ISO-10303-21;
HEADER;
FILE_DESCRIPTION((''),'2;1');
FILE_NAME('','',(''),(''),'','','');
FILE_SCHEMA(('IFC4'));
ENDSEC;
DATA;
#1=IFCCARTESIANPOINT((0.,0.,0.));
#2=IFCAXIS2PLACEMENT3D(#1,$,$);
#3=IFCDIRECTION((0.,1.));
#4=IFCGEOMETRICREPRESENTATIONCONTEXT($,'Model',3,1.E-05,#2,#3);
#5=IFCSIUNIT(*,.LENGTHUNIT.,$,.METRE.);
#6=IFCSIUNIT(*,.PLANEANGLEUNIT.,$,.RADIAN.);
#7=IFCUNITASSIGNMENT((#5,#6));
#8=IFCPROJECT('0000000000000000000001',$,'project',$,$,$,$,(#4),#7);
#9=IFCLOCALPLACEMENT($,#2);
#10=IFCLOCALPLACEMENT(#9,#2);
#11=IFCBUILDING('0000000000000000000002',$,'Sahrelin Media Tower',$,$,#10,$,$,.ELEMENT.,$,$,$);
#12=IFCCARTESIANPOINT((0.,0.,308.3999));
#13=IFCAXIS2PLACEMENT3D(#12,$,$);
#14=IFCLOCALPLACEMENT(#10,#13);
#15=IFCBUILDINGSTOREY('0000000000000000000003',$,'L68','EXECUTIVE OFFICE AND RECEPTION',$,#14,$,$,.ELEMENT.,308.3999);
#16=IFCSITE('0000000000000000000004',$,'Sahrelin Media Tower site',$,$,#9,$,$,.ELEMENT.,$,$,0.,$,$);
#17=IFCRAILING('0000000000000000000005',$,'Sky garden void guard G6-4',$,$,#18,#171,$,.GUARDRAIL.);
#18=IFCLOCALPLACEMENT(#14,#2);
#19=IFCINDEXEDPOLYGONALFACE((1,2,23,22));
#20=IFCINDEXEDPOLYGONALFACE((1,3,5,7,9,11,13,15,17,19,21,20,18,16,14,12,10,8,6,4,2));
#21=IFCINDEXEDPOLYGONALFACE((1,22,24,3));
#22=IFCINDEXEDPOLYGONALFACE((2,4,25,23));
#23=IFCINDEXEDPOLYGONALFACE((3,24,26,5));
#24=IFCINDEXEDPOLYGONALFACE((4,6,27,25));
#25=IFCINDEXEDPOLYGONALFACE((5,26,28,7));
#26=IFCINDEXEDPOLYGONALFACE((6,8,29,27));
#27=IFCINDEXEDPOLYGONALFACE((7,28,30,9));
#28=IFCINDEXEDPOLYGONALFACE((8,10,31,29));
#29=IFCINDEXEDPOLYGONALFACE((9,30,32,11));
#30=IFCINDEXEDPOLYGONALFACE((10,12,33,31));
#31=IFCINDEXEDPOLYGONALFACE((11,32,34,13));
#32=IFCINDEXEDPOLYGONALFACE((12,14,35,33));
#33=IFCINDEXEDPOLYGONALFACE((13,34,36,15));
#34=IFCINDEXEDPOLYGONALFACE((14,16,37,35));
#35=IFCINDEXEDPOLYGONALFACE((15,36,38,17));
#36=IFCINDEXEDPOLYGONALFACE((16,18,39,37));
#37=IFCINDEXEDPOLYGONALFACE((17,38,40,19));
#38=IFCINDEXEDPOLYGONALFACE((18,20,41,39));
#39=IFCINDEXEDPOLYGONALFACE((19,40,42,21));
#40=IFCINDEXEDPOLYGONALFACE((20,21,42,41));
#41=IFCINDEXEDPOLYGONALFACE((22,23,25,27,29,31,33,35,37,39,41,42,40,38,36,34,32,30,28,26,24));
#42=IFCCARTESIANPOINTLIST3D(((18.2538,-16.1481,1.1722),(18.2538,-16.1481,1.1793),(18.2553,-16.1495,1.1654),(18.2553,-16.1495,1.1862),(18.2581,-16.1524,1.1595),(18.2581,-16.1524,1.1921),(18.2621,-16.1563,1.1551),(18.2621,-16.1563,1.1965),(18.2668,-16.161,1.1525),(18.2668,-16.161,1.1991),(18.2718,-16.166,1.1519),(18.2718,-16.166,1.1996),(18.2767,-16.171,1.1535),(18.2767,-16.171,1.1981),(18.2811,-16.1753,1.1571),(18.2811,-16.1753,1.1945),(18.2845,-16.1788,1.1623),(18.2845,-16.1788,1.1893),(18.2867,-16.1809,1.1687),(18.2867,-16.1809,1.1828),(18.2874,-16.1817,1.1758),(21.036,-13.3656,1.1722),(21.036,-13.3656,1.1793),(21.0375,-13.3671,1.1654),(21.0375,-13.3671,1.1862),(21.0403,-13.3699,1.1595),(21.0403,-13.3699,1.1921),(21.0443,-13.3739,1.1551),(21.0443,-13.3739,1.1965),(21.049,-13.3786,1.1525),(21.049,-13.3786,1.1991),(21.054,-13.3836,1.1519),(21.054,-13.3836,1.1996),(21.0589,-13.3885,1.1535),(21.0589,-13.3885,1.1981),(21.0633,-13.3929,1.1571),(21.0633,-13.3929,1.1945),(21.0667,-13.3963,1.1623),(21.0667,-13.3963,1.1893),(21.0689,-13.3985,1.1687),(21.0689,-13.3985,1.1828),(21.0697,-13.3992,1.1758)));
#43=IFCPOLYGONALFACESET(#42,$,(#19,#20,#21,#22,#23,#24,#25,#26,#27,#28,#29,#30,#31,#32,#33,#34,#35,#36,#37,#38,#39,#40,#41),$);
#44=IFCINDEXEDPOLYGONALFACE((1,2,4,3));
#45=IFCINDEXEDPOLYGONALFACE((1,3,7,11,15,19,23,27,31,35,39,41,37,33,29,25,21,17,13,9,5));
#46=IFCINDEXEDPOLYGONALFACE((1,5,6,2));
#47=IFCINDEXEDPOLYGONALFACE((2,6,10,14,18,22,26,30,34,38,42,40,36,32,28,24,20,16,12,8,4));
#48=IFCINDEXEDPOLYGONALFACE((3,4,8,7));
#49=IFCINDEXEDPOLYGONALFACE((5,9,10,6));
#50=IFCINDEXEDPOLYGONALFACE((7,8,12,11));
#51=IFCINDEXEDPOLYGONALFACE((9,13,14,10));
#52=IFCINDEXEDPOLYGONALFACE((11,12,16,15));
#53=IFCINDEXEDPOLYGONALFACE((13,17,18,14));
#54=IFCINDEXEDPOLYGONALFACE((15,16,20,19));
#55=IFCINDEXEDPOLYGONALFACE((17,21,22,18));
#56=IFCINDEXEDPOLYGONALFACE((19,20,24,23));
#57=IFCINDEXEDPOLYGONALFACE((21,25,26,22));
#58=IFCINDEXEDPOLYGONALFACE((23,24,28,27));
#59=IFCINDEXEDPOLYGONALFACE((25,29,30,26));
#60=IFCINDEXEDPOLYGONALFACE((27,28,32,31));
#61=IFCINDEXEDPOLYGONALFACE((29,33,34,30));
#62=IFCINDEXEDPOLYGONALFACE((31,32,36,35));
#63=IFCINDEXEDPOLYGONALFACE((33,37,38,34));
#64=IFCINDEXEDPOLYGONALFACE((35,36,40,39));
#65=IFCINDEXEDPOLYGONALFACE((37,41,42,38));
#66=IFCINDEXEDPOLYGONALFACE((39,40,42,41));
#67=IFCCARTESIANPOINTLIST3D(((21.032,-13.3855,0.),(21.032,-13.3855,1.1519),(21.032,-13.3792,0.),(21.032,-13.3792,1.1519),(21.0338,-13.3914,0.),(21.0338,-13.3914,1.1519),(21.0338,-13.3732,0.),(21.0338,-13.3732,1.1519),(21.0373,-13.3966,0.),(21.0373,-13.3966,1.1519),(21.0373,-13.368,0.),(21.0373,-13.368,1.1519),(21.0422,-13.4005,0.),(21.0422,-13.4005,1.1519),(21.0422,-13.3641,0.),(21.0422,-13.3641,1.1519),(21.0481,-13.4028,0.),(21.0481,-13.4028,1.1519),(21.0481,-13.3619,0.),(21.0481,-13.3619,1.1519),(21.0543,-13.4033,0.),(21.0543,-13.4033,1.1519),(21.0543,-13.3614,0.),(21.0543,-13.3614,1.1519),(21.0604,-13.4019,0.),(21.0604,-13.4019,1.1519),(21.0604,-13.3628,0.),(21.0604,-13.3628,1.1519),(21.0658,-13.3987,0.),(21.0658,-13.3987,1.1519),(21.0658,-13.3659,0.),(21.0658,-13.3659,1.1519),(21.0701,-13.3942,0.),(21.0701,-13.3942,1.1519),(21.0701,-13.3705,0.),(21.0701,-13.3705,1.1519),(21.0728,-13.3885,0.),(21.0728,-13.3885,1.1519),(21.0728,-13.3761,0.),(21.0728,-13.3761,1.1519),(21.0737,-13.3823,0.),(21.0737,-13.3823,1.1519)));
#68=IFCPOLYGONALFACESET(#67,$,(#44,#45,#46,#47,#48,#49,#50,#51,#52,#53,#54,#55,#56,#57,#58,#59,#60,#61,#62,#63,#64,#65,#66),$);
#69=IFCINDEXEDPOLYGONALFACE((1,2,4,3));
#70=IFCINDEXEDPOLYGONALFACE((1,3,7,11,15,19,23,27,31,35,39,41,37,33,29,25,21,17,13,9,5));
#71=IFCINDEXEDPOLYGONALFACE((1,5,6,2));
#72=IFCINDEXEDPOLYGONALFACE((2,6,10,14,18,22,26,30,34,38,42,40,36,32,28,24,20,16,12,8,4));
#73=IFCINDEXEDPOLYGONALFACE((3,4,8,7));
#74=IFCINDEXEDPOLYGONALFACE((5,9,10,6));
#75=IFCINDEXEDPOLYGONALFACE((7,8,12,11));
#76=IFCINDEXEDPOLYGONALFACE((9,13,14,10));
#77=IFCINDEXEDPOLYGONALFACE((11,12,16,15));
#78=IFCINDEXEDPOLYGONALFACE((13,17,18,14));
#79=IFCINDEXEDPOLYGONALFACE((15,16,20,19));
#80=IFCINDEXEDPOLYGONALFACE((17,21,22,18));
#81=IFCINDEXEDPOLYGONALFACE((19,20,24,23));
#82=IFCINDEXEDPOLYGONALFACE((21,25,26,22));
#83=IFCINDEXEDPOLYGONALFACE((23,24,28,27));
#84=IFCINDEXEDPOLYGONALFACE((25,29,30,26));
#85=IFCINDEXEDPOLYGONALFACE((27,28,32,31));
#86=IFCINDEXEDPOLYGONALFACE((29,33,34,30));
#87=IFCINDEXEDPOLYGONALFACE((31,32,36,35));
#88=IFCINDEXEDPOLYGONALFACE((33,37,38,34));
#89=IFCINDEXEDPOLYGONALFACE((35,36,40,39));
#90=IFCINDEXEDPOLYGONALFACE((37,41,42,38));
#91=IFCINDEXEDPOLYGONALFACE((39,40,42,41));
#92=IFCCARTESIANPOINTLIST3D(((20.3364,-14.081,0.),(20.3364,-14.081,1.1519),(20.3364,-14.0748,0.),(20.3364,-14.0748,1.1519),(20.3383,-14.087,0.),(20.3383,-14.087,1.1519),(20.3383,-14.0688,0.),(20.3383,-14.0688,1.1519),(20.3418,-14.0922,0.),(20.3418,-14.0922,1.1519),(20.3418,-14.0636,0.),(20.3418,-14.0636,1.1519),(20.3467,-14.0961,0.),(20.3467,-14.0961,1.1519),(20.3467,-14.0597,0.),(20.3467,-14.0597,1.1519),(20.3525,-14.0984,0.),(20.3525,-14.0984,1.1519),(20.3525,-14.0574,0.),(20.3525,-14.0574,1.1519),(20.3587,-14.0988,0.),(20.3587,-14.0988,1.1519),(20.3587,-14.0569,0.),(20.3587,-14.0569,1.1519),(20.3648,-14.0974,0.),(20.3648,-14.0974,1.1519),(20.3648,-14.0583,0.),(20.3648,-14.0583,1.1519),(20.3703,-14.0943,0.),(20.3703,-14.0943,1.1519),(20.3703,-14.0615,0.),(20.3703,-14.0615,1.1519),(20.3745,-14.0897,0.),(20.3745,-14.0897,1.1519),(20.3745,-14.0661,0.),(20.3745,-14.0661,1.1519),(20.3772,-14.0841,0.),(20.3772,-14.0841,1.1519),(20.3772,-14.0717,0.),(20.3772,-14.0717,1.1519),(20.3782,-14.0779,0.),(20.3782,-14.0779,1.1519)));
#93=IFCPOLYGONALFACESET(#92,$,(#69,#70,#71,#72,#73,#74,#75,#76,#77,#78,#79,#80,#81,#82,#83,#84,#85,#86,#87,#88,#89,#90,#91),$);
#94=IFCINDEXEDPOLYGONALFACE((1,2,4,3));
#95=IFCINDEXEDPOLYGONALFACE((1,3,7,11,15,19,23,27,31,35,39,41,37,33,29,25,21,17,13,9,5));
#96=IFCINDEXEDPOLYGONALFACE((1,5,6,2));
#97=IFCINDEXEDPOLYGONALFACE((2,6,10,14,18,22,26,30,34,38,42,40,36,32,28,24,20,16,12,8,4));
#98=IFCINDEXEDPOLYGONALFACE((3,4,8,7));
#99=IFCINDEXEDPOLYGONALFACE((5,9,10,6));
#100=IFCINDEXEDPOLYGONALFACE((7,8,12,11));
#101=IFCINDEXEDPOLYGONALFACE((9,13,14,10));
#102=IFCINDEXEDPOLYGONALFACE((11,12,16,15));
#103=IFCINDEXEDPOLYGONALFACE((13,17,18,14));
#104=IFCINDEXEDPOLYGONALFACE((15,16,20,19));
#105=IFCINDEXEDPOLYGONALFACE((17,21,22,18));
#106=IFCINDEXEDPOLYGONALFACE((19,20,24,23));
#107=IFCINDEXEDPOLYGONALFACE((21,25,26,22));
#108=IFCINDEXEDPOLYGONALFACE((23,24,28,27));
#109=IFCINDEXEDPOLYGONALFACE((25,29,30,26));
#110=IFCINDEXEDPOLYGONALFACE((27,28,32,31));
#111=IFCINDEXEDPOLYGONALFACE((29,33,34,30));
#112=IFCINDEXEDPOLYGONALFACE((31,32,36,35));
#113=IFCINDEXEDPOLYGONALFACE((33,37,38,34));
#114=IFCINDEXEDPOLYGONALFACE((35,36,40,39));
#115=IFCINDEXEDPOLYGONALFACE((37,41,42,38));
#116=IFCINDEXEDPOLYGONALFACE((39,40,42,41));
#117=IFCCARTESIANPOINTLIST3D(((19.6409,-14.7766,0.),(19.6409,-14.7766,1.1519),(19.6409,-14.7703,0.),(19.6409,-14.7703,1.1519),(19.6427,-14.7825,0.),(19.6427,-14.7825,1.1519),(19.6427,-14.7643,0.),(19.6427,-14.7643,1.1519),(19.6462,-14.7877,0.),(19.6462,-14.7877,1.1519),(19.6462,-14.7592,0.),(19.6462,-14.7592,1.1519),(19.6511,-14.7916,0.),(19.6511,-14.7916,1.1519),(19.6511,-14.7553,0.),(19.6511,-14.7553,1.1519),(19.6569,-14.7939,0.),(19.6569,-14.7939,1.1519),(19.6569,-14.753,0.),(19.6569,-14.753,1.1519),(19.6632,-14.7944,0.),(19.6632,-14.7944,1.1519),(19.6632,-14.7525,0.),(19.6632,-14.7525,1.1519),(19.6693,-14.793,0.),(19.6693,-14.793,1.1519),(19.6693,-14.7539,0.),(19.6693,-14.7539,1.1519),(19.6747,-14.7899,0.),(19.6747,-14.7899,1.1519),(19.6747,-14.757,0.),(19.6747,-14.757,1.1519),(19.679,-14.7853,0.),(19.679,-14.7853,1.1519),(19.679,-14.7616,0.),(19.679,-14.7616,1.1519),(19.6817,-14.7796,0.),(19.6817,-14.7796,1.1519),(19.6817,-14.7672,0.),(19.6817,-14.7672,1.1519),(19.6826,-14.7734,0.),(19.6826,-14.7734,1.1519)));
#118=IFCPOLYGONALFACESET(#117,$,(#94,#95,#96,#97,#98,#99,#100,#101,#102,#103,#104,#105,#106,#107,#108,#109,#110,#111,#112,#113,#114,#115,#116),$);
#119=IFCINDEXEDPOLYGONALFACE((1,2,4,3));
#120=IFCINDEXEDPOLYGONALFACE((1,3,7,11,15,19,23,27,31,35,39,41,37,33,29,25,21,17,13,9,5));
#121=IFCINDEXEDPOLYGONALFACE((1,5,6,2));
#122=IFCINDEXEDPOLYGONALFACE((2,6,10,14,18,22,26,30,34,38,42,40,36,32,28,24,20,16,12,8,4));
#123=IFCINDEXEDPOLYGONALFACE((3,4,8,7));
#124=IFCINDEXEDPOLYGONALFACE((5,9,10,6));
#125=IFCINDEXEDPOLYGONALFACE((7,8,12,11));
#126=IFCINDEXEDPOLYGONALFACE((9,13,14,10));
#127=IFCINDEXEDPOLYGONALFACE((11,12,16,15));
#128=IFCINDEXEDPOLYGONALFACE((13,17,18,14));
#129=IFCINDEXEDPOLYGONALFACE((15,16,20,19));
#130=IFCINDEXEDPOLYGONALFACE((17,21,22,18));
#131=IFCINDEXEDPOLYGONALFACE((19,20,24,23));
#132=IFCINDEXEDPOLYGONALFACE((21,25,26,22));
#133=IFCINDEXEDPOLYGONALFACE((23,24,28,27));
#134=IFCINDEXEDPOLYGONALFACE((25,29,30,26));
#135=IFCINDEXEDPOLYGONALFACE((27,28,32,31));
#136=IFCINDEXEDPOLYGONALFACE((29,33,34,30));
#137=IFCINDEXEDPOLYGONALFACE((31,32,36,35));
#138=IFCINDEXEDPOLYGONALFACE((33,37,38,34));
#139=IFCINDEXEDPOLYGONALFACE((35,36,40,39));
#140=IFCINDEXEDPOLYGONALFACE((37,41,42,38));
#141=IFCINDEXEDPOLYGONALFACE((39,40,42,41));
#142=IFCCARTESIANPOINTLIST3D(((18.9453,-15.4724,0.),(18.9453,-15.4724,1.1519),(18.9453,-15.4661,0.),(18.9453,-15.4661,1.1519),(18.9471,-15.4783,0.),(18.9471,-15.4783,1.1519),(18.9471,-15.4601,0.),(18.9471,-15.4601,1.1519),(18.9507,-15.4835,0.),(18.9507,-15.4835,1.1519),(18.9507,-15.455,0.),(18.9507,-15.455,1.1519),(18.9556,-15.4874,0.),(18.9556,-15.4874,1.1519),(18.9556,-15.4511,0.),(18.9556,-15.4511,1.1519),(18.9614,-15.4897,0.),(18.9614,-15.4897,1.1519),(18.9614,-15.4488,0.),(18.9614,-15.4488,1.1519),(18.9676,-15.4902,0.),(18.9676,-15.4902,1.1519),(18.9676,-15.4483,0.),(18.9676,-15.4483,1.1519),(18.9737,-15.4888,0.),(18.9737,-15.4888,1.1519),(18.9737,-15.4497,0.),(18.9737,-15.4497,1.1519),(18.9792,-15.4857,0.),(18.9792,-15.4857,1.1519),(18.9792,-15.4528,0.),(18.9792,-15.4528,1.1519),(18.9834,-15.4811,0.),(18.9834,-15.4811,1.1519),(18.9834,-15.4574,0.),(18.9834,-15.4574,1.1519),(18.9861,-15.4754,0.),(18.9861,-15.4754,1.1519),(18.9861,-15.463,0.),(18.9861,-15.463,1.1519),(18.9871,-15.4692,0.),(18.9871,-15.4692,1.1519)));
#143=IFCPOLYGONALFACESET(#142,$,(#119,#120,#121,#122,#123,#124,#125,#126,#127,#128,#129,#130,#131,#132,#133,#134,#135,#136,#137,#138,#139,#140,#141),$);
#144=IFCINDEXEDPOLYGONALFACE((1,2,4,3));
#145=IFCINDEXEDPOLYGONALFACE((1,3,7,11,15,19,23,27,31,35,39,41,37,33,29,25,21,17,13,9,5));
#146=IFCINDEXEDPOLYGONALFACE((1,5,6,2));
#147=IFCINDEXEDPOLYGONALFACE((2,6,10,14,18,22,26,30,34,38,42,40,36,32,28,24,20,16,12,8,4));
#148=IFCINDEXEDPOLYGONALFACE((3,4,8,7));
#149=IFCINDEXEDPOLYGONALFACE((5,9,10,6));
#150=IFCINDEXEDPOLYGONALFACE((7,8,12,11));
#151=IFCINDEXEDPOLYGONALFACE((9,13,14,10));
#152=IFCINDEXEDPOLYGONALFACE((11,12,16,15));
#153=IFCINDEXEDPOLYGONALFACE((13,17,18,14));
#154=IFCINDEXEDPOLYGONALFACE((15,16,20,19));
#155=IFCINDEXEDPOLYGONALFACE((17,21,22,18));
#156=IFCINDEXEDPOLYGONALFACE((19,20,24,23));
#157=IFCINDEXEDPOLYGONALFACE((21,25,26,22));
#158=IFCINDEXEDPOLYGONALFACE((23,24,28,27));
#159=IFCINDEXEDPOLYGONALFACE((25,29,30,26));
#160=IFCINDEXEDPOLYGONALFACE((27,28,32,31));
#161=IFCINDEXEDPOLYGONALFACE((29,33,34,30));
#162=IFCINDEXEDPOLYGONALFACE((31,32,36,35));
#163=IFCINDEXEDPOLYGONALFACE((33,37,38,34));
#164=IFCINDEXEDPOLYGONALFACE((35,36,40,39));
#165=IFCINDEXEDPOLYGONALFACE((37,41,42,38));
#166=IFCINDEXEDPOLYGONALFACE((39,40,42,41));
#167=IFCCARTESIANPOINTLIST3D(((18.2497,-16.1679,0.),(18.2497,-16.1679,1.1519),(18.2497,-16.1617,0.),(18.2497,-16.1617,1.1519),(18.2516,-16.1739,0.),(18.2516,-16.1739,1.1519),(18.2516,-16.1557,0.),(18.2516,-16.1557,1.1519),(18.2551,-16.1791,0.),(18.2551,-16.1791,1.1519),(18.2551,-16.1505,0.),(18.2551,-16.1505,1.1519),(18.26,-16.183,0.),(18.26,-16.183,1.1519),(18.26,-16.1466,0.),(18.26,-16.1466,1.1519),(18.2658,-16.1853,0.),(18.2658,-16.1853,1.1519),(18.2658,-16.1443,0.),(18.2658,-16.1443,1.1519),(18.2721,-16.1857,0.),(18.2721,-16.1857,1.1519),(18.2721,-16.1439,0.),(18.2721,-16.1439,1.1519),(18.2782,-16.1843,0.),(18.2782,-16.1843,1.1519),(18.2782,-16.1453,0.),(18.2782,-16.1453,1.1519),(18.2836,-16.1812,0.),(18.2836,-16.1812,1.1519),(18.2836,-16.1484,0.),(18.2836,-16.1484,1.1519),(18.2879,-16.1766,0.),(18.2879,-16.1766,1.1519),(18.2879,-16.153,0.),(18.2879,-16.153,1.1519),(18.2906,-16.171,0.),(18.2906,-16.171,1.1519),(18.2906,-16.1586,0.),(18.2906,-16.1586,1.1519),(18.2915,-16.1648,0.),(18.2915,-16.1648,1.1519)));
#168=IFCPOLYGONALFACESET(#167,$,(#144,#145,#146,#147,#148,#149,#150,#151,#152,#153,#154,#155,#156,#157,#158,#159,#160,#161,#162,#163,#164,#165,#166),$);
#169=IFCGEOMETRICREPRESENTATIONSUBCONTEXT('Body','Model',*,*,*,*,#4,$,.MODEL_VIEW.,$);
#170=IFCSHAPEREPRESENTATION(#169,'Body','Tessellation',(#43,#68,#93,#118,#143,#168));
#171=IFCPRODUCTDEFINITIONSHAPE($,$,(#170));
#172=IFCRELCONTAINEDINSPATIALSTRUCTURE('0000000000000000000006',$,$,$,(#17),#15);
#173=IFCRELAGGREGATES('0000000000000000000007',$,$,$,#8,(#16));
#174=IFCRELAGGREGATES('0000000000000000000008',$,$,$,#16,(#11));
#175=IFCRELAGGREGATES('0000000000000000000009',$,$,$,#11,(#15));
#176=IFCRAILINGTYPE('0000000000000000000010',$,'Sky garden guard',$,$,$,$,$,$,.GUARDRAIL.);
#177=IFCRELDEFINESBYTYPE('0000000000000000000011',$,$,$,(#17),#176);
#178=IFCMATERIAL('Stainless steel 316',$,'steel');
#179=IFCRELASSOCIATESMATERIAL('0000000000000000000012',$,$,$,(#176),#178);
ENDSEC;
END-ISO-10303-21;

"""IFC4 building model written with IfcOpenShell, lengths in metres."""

from ifc_helpers import new_model, si_unit, direction, frame, origin, origin_2d, place, context, subcontext, project, spatial, circle, extrude, material, type_object, element, save


model = new_model("IFC4")

# Units and contexts
model_context = context("Model", 3, precision=1e-05, world=origin(), true_north=direction((0.0, 1.0)))
body_context = subcontext(model_context, "Body", "Model", "MODEL_VIEW")
ifc_project = project(units=[si_unit("LENGTHUNIT", "METRE"), si_unit("PLANEANGLEUNIT", "RADIAN")], contexts=[model_context])

# Site, building, storey
site_placement = place(None, origin())
site = spatial("IfcSite", under=ifc_project, at=site_placement, Name="Sahrelin Media Tower site", CompositionType="ELEMENT", RefElevation=0.0)
building_placement = place(site_placement, origin())
building = spatial("IfcBuilding", under=site, at=building_placement, Name="Sahrelin Media Tower", CompositionType="ELEMENT")
storey_placement = place(building_placement, frame((0.0, 0.0, 308.3999)))
storey = spatial("IfcBuildingStorey", under=building, at=storey_placement, Name="L68", Description="EXECUTIVE OFFICE AND RECEPTION", CompositionType="ELEMENT", Elevation=308.3999)

# Railing
ifc_material_1 = material(Name="Stainless steel 316", Category="steel")
railing_type = type_object("IfcRailingType", Name="Sky garden guard", PredefinedType="GUARDRAIL", material=ifc_material_1)
railing_1_placement = place(storey_placement, frame((21.0527, -13.3823, 0.0)))
element("IfcRailing", 1, at=railing_1_placement, inside=storey, type_object=railing_type, Name="Sky garden void guard G6-4", PredefinedType="GUARDRAIL", context=body_context, shape_type="SweptSolid", body=[
    extrude(circle(Radius=0.0239, at=origin_2d()), frame((0.0, 0.0, 1.1758), z_axis=(-0.707076, -0.707138, 0.0), x_axis=(0.707138, -0.707076, 0.0)), (0.0, 0.0, 1.0), 3.9348),
    extrude(circle(Radius=0.021, at=origin_2d()), origin(), (0.0, 0.0, 1.0), 1.1519),
    extrude(circle(Radius=0.021, at=origin_2d()), frame((-0.6956, -0.6956, 0.0)), (0.0, 0.0, 1.0), 1.1519),
    extrude(circle(Radius=0.021, at=origin_2d()), frame((-1.3911, -1.3911, 0.0)), (0.0, 0.0, 1.0), 1.1519),
    extrude(circle(Radius=0.021, at=origin_2d()), frame((-2.0867, -2.0869, 0.0)), (0.0, 0.0, 1.0), 1.1519),
    extrude(circle(Radius=0.021, at=origin_2d()), frame((-2.7822, -2.7825, 0.0)), (0.0, 0.0, 1.0), 1.1519),
])

save(model, "model.ifc")
